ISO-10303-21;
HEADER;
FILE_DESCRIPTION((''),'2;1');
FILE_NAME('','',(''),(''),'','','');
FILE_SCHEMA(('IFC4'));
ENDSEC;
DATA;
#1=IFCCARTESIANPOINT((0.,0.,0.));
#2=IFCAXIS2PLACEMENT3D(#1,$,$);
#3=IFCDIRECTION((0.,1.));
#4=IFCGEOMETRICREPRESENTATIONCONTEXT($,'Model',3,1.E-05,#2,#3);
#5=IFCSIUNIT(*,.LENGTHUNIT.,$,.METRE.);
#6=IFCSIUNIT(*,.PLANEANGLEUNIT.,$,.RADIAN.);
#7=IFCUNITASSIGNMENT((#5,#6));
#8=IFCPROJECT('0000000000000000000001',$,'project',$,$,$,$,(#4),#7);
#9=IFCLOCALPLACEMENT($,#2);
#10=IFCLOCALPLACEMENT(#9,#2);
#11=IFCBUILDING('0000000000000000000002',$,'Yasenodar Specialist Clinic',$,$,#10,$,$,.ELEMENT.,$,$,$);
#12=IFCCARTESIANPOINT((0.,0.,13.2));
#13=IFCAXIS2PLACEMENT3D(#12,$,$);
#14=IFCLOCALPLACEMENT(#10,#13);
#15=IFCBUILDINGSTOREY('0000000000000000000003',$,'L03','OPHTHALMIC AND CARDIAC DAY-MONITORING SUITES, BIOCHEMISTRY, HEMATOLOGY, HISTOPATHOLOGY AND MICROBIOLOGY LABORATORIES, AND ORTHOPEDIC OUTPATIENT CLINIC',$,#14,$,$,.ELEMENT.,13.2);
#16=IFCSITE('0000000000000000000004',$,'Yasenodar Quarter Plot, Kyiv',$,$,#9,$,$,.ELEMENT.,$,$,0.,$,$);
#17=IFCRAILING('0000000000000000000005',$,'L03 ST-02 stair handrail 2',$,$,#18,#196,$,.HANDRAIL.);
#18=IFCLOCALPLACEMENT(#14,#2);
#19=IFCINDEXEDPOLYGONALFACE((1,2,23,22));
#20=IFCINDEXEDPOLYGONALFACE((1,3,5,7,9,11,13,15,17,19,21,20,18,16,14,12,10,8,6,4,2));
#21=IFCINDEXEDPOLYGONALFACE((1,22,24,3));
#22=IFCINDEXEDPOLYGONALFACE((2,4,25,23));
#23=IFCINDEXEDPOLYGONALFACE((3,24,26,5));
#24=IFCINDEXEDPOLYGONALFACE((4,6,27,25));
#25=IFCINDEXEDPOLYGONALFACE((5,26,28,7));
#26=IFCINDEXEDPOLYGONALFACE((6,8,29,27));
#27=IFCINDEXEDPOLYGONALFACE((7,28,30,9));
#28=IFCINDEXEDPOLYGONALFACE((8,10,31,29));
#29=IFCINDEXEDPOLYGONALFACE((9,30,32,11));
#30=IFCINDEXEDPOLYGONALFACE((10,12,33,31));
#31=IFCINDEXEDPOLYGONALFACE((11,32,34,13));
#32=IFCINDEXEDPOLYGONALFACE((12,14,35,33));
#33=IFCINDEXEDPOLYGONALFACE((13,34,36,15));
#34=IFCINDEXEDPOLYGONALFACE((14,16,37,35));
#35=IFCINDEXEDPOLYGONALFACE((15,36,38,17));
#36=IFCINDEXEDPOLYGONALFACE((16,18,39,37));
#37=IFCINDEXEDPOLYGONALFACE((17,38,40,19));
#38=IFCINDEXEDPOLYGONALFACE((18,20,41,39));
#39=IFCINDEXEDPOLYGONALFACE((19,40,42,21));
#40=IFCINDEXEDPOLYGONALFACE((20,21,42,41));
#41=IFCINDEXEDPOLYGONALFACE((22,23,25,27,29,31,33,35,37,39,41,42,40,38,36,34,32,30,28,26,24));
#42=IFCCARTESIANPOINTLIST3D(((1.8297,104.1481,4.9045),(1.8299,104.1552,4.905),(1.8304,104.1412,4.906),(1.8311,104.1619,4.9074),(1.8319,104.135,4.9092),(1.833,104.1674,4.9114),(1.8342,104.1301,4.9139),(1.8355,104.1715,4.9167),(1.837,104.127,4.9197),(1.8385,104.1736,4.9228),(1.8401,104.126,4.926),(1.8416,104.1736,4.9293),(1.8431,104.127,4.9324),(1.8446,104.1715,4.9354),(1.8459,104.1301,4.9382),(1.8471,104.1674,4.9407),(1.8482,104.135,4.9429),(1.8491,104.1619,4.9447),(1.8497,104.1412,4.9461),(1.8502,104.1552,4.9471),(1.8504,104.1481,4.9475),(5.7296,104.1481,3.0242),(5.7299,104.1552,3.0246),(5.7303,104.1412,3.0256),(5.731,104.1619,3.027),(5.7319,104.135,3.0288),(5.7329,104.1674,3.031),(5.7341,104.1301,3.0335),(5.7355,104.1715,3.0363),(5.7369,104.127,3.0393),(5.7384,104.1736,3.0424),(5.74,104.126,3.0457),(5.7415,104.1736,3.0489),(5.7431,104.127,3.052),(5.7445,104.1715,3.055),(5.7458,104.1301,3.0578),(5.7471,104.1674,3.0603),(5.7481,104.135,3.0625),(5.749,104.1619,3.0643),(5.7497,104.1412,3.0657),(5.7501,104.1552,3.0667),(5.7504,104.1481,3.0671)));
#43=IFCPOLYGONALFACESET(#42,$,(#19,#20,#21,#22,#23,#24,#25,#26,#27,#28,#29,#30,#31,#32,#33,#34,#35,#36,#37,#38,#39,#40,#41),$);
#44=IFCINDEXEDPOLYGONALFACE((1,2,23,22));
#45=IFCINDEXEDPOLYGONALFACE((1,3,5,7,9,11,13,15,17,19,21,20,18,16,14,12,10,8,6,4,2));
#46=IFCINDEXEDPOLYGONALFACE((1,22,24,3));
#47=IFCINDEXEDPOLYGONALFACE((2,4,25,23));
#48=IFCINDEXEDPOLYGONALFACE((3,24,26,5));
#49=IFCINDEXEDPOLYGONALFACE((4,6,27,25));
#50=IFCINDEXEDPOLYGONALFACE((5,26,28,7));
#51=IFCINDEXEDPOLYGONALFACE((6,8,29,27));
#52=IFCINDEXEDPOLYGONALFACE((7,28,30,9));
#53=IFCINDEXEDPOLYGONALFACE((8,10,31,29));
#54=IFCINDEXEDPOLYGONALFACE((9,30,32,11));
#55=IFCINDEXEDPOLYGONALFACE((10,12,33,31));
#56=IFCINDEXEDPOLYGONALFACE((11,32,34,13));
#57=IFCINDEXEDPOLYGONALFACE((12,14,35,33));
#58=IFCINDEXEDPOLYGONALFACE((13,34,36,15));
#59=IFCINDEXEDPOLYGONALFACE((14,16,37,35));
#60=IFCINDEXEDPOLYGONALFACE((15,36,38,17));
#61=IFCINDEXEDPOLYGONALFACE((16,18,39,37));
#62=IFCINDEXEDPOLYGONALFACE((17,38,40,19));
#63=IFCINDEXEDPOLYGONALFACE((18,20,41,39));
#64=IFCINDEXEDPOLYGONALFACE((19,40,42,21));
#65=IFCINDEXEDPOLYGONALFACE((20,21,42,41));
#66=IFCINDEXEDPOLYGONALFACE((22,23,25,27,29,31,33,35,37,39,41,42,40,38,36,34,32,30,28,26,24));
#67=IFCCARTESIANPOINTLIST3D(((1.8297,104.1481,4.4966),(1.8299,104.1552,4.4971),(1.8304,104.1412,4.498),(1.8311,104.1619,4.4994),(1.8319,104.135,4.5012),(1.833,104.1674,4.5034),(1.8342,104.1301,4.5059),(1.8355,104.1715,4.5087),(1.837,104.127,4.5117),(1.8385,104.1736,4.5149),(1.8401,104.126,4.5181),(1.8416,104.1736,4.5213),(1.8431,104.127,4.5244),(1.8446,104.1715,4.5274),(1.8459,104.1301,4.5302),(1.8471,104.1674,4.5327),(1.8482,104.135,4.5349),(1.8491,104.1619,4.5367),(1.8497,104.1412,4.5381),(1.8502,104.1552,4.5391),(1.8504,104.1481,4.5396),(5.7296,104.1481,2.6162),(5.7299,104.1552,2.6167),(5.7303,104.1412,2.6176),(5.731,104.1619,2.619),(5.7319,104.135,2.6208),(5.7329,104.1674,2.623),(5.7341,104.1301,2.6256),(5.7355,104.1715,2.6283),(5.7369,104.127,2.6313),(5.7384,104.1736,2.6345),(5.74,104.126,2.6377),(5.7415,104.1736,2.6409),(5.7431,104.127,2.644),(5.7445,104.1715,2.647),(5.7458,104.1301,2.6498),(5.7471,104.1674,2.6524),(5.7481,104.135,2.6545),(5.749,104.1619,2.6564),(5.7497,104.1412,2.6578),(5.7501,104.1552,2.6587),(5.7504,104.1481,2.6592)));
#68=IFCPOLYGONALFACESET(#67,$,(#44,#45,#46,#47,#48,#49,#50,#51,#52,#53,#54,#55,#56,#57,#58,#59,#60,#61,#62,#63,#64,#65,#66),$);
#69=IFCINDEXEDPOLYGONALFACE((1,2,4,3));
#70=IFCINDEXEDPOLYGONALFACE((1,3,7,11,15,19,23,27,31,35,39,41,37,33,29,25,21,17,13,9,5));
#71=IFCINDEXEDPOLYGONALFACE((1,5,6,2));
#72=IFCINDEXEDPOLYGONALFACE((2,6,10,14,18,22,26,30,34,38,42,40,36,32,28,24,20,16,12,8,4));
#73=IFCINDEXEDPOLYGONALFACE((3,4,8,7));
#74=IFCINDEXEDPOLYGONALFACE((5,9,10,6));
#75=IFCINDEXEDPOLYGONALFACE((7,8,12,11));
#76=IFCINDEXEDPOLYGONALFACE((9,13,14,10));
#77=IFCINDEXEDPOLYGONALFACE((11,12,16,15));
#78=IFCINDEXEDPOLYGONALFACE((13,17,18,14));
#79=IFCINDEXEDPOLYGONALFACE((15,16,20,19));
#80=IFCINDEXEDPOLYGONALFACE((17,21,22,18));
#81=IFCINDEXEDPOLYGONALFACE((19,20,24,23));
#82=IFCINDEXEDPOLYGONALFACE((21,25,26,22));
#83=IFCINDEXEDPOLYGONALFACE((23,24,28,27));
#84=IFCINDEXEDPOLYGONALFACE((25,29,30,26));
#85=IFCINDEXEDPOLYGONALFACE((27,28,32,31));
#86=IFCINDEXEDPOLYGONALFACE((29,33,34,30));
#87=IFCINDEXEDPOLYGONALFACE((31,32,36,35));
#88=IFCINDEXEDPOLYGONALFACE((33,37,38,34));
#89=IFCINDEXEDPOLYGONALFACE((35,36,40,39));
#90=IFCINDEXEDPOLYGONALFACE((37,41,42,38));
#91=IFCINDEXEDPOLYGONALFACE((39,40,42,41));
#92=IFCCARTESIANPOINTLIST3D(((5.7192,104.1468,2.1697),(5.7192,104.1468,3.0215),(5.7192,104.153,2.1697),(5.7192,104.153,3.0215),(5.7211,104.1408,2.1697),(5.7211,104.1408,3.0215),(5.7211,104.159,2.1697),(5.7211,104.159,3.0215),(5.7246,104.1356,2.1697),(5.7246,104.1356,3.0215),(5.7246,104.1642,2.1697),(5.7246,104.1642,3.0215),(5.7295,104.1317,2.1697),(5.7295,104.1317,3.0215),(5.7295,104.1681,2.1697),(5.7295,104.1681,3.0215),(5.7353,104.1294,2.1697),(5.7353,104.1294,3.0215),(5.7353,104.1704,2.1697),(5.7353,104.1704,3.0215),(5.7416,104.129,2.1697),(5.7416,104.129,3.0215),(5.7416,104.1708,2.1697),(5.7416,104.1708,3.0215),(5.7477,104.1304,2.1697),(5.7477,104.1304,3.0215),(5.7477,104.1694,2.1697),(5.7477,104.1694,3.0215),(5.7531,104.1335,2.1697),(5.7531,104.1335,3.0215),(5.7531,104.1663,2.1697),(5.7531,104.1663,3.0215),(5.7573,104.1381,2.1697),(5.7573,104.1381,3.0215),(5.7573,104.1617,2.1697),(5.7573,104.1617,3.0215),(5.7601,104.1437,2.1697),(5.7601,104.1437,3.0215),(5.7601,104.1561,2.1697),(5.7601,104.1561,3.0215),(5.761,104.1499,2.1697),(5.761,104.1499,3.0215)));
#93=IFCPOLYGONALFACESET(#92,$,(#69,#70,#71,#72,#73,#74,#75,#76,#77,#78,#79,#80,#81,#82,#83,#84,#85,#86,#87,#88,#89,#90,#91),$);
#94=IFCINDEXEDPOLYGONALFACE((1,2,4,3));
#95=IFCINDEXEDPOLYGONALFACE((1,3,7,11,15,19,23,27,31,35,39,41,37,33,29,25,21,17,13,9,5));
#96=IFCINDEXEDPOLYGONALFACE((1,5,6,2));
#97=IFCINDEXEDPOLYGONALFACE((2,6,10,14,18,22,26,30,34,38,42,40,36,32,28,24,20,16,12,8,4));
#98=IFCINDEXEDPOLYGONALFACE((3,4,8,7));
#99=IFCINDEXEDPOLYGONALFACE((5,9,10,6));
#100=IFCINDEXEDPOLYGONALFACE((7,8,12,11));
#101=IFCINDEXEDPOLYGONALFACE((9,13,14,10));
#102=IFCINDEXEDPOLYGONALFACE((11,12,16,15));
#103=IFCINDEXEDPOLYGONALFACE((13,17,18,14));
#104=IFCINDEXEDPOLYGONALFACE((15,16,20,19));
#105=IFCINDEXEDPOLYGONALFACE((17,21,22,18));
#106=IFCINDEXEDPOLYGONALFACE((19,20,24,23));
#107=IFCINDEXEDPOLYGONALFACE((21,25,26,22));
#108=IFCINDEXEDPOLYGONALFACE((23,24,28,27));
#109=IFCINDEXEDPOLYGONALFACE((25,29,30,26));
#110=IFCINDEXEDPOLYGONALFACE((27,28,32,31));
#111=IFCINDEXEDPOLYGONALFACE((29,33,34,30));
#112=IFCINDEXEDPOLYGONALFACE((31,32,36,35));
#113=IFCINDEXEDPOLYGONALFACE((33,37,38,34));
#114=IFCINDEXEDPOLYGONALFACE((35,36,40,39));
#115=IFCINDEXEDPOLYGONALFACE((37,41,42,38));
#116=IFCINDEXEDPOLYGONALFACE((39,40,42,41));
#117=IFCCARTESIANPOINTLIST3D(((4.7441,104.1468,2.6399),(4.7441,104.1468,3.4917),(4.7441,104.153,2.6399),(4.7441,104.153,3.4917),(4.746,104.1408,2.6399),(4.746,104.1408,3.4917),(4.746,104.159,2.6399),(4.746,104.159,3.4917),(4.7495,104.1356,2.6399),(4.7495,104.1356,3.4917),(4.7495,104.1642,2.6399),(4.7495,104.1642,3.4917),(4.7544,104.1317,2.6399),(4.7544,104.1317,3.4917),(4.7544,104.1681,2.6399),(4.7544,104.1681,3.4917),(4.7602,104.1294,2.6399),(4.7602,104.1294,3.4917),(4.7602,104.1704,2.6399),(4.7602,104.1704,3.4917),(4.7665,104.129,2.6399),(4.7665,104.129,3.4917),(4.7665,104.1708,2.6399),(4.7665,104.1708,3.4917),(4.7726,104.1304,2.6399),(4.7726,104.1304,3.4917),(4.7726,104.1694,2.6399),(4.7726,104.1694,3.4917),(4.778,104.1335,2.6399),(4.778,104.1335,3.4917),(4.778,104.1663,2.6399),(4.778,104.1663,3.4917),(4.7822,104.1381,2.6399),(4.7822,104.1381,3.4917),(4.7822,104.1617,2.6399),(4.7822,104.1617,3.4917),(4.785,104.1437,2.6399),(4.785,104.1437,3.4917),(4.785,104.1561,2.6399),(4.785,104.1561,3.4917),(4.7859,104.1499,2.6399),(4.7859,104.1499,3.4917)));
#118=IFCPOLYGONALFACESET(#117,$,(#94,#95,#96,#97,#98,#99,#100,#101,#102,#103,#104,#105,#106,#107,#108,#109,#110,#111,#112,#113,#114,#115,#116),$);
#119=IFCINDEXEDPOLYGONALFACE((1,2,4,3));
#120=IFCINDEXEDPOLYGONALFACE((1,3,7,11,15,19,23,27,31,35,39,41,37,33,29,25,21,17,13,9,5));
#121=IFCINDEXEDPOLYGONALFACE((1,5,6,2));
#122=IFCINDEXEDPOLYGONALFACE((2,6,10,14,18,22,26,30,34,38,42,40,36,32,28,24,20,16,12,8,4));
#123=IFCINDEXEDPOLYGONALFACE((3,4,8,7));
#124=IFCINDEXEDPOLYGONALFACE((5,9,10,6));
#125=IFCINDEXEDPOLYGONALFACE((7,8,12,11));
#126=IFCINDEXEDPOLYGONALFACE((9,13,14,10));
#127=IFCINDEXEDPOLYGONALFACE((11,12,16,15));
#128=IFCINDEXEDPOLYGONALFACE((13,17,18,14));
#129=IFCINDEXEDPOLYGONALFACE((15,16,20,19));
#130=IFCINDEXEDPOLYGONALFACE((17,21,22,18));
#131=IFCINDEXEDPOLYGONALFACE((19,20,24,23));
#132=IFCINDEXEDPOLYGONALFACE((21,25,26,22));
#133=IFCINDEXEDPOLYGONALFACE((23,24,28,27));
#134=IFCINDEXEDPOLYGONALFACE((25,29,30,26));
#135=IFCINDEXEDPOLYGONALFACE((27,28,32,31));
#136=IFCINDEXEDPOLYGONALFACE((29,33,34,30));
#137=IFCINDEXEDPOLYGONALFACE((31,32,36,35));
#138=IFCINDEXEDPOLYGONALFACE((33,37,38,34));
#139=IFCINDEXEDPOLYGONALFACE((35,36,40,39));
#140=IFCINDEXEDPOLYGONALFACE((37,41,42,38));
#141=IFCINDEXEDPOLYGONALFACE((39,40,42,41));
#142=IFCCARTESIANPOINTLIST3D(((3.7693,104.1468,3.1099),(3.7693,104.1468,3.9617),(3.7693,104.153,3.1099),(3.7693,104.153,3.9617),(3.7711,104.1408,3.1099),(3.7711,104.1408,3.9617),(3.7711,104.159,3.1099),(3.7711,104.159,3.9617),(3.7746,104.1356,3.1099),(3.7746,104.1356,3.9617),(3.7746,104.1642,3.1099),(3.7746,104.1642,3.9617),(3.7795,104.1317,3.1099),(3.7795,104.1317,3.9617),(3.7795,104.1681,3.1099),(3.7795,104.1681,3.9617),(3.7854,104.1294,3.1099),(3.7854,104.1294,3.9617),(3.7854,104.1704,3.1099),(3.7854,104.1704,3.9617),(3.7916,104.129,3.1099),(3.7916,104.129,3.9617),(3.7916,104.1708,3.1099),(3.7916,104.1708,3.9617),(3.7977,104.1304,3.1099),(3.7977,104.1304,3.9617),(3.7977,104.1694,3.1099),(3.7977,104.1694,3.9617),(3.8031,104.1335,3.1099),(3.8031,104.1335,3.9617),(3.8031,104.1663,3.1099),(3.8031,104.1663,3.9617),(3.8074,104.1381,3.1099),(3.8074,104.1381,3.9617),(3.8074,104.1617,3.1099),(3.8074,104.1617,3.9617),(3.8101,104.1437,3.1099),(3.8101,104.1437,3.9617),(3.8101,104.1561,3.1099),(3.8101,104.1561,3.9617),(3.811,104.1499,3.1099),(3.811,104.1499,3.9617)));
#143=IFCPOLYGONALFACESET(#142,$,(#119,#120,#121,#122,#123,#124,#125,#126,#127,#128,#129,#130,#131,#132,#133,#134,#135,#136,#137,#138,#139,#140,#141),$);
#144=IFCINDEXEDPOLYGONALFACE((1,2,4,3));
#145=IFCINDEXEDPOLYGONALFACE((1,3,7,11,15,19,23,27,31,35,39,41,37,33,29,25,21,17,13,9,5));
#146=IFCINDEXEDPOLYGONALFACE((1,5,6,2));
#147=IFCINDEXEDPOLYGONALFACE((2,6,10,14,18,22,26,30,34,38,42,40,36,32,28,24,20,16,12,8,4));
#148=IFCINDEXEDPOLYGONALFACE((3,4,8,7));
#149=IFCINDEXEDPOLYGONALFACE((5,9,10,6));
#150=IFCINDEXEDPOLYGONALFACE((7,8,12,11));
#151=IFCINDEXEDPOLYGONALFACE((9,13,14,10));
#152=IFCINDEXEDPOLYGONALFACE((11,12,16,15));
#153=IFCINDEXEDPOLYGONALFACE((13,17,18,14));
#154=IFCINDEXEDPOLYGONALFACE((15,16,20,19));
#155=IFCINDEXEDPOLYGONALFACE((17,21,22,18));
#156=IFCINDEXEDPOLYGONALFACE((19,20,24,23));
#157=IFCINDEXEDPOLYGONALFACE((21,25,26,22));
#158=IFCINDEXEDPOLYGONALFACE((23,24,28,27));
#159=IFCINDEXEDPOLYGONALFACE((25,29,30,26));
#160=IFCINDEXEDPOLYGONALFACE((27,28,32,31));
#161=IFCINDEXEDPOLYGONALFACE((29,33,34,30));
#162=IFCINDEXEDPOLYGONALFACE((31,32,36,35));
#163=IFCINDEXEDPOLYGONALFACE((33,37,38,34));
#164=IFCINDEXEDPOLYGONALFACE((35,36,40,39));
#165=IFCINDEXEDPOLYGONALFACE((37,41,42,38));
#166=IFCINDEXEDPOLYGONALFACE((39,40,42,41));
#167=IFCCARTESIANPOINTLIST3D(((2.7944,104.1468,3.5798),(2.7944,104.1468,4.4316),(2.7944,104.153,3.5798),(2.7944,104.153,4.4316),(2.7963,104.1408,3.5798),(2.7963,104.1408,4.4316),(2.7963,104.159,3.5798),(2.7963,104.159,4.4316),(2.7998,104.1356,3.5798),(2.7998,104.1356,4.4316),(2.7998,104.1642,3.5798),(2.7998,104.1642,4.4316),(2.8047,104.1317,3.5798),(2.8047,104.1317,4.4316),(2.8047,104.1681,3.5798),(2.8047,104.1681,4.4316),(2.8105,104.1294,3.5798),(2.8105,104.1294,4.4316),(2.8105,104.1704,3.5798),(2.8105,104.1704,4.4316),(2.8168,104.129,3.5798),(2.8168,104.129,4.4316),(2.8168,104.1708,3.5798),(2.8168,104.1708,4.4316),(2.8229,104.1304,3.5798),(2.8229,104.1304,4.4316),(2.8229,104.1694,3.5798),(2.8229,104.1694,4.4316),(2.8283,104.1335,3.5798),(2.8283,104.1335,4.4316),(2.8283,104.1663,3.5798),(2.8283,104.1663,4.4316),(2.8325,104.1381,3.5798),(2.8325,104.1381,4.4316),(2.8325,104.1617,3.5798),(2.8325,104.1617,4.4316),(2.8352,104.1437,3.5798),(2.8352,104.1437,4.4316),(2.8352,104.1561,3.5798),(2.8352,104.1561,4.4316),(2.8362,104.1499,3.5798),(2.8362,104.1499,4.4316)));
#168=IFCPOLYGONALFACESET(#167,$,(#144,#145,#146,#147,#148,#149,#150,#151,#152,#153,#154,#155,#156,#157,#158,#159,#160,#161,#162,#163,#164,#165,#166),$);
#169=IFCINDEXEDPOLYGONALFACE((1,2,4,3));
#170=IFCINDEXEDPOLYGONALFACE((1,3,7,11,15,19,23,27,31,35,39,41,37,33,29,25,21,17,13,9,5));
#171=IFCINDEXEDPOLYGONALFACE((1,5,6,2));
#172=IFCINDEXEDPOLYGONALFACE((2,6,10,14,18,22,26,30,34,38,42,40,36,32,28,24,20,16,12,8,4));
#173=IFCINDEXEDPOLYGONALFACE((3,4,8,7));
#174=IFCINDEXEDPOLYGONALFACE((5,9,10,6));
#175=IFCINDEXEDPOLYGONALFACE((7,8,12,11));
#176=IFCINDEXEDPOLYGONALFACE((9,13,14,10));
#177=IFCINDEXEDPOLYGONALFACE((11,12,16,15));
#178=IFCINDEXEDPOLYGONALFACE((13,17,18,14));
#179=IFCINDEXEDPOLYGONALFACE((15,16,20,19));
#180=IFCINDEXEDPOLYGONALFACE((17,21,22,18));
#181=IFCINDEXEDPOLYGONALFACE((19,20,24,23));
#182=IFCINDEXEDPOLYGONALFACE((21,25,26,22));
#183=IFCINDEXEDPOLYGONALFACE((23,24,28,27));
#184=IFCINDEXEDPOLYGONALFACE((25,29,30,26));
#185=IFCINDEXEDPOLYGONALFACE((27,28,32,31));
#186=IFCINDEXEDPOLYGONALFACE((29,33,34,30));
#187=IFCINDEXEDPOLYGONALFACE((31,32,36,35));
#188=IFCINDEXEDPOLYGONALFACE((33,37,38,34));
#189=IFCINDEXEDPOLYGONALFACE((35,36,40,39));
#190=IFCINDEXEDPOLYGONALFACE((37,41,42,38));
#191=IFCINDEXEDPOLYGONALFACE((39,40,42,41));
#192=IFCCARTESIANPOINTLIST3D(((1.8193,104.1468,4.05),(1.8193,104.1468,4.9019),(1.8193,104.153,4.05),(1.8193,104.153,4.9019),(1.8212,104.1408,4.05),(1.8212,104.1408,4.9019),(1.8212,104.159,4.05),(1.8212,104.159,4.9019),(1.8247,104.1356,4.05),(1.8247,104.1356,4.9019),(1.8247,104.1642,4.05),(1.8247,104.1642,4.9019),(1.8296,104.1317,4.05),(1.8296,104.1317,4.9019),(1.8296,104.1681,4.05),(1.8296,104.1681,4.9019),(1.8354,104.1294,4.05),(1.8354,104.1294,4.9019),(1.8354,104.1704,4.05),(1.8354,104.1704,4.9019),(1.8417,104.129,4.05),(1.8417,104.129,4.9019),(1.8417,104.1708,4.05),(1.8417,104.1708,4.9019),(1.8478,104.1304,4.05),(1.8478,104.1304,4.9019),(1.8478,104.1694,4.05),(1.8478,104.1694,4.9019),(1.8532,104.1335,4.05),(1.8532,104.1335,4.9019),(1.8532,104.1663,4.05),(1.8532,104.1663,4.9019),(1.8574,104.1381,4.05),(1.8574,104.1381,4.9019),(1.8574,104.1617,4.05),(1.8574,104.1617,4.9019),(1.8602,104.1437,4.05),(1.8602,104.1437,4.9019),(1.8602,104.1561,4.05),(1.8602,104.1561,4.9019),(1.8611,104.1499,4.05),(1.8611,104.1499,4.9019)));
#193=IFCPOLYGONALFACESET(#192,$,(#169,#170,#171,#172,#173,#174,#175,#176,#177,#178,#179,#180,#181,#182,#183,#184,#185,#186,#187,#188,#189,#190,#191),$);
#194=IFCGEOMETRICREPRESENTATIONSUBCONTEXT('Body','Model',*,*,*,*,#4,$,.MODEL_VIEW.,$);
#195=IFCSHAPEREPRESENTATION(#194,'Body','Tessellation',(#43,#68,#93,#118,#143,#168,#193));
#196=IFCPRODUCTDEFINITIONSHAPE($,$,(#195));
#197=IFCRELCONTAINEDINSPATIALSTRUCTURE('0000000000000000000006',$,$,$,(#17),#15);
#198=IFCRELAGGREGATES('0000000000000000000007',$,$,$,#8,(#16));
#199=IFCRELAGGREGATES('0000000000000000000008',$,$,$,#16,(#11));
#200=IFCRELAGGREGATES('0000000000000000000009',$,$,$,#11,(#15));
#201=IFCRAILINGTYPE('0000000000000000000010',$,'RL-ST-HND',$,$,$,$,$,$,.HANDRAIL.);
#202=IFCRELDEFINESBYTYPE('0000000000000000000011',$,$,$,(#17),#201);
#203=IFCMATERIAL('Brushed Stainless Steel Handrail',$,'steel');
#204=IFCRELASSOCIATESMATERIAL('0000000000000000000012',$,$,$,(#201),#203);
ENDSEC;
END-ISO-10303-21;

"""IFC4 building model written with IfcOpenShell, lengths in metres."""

from ifc_helpers import new_model, si_unit, direction, frame, origin, origin_2d, place, context, subcontext, project, spatial, circle, extrude, material, type_object, element, save


model = new_model("IFC4")

# Units and contexts
model_context = context("Model", 3, precision=1e-05, world=origin(), true_north=direction((0.0, 1.0)))
body_context = subcontext(model_context, "Body", "Model", "MODEL_VIEW")
ifc_project = project(units=[si_unit("LENGTHUNIT", "METRE"), si_unit("PLANEANGLEUNIT", "RADIAN")], contexts=[model_context])

# Site, building, storey
site_placement = place(None, origin())
site = spatial("IfcSite", under=ifc_project, at=site_placement, Name="Yasenodar Quarter Plot, Kyiv", CompositionType="ELEMENT", RefElevation=0.0)
building_placement = place(site_placement, origin())
building = spatial("IfcBuilding", under=site, at=building_placement, Name="Yasenodar Specialist Clinic", CompositionType="ELEMENT")
storey_placement = place(building_placement, frame((0.0, 0.0, 13.2)))
storey = spatial("IfcBuildingStorey", under=building, at=storey_placement, Name="L03", Description="OPHTHALMIC AND CARDIAC DAY-MONITORING SUITES, BIOCHEMISTRY, HEMATOLOGY, HISTOPATHOLOGY AND MICROBIOLOGY LABORATORIES, AND ORTHOPEDIC OUTPATIENT CLINIC", CompositionType="ELEMENT", Elevation=13.2)

# Railing
ifc_material_1 = material(Name="Brushed Stainless Steel Handrail", Category="steel")
railing_type_1 = type_object("IfcRailingType", Name="RL-ST-HND", PredefinedType="HANDRAIL", material=ifc_material_1)
railing_1_placement = place(storey_placement, frame((5.74, 104.1499, 2.1697)))
element("IfcRailing", 1, at=railing_1_placement, inside=storey, type_object=railing_type_1, Name="L03 ST-02 stair handrail 2", PredefinedType="HANDRAIL", context=body_context, shape_type="SweptSolid", body=[
    extrude(circle(Radius=0.0239, at=origin_2d()), frame((0.0, 0.0, 0.876), z_axis=(-0.900763, 0.0, 0.434311), x_axis=(0.0, -1.0, 0.0)), (0.0, 0.0, 1.0), 4.3296),
    extrude(circle(Radius=0.0239, at=origin_2d()), frame((0.0, 0.0, 0.468), z_axis=(-0.900763, 0.0, 0.434311), x_axis=(0.0, -1.0, 0.0)), (0.0, 0.0, 1.0), 4.3296),
    extrude(circle(Radius=0.021, at=origin_2d()), origin(), (0.0, 0.0, 1.0), 0.8518),
    extrude(circle(Radius=0.021, at=origin_2d()), frame((-0.9751, 0.0, 0.4702)), (0.0, 0.0, 1.0), 0.8518),
    extrude(circle(Radius=0.021, at=origin_2d()), frame((-1.95, 0.0, 0.9402)), (0.0, 0.0, 1.0), 0.8518),
    extrude(circle(Radius=0.021, at=origin_2d()), frame((-2.9248, 0.0, 1.4102)), (0.0, 0.0, 1.0), 0.8518),
    extrude(circle(Radius=0.021, at=origin_2d()), frame((-3.8999, 0.0, 1.8804)), (0.0, 0.0, 1.0), 0.8518),
])

save(model, "model.ifc")
